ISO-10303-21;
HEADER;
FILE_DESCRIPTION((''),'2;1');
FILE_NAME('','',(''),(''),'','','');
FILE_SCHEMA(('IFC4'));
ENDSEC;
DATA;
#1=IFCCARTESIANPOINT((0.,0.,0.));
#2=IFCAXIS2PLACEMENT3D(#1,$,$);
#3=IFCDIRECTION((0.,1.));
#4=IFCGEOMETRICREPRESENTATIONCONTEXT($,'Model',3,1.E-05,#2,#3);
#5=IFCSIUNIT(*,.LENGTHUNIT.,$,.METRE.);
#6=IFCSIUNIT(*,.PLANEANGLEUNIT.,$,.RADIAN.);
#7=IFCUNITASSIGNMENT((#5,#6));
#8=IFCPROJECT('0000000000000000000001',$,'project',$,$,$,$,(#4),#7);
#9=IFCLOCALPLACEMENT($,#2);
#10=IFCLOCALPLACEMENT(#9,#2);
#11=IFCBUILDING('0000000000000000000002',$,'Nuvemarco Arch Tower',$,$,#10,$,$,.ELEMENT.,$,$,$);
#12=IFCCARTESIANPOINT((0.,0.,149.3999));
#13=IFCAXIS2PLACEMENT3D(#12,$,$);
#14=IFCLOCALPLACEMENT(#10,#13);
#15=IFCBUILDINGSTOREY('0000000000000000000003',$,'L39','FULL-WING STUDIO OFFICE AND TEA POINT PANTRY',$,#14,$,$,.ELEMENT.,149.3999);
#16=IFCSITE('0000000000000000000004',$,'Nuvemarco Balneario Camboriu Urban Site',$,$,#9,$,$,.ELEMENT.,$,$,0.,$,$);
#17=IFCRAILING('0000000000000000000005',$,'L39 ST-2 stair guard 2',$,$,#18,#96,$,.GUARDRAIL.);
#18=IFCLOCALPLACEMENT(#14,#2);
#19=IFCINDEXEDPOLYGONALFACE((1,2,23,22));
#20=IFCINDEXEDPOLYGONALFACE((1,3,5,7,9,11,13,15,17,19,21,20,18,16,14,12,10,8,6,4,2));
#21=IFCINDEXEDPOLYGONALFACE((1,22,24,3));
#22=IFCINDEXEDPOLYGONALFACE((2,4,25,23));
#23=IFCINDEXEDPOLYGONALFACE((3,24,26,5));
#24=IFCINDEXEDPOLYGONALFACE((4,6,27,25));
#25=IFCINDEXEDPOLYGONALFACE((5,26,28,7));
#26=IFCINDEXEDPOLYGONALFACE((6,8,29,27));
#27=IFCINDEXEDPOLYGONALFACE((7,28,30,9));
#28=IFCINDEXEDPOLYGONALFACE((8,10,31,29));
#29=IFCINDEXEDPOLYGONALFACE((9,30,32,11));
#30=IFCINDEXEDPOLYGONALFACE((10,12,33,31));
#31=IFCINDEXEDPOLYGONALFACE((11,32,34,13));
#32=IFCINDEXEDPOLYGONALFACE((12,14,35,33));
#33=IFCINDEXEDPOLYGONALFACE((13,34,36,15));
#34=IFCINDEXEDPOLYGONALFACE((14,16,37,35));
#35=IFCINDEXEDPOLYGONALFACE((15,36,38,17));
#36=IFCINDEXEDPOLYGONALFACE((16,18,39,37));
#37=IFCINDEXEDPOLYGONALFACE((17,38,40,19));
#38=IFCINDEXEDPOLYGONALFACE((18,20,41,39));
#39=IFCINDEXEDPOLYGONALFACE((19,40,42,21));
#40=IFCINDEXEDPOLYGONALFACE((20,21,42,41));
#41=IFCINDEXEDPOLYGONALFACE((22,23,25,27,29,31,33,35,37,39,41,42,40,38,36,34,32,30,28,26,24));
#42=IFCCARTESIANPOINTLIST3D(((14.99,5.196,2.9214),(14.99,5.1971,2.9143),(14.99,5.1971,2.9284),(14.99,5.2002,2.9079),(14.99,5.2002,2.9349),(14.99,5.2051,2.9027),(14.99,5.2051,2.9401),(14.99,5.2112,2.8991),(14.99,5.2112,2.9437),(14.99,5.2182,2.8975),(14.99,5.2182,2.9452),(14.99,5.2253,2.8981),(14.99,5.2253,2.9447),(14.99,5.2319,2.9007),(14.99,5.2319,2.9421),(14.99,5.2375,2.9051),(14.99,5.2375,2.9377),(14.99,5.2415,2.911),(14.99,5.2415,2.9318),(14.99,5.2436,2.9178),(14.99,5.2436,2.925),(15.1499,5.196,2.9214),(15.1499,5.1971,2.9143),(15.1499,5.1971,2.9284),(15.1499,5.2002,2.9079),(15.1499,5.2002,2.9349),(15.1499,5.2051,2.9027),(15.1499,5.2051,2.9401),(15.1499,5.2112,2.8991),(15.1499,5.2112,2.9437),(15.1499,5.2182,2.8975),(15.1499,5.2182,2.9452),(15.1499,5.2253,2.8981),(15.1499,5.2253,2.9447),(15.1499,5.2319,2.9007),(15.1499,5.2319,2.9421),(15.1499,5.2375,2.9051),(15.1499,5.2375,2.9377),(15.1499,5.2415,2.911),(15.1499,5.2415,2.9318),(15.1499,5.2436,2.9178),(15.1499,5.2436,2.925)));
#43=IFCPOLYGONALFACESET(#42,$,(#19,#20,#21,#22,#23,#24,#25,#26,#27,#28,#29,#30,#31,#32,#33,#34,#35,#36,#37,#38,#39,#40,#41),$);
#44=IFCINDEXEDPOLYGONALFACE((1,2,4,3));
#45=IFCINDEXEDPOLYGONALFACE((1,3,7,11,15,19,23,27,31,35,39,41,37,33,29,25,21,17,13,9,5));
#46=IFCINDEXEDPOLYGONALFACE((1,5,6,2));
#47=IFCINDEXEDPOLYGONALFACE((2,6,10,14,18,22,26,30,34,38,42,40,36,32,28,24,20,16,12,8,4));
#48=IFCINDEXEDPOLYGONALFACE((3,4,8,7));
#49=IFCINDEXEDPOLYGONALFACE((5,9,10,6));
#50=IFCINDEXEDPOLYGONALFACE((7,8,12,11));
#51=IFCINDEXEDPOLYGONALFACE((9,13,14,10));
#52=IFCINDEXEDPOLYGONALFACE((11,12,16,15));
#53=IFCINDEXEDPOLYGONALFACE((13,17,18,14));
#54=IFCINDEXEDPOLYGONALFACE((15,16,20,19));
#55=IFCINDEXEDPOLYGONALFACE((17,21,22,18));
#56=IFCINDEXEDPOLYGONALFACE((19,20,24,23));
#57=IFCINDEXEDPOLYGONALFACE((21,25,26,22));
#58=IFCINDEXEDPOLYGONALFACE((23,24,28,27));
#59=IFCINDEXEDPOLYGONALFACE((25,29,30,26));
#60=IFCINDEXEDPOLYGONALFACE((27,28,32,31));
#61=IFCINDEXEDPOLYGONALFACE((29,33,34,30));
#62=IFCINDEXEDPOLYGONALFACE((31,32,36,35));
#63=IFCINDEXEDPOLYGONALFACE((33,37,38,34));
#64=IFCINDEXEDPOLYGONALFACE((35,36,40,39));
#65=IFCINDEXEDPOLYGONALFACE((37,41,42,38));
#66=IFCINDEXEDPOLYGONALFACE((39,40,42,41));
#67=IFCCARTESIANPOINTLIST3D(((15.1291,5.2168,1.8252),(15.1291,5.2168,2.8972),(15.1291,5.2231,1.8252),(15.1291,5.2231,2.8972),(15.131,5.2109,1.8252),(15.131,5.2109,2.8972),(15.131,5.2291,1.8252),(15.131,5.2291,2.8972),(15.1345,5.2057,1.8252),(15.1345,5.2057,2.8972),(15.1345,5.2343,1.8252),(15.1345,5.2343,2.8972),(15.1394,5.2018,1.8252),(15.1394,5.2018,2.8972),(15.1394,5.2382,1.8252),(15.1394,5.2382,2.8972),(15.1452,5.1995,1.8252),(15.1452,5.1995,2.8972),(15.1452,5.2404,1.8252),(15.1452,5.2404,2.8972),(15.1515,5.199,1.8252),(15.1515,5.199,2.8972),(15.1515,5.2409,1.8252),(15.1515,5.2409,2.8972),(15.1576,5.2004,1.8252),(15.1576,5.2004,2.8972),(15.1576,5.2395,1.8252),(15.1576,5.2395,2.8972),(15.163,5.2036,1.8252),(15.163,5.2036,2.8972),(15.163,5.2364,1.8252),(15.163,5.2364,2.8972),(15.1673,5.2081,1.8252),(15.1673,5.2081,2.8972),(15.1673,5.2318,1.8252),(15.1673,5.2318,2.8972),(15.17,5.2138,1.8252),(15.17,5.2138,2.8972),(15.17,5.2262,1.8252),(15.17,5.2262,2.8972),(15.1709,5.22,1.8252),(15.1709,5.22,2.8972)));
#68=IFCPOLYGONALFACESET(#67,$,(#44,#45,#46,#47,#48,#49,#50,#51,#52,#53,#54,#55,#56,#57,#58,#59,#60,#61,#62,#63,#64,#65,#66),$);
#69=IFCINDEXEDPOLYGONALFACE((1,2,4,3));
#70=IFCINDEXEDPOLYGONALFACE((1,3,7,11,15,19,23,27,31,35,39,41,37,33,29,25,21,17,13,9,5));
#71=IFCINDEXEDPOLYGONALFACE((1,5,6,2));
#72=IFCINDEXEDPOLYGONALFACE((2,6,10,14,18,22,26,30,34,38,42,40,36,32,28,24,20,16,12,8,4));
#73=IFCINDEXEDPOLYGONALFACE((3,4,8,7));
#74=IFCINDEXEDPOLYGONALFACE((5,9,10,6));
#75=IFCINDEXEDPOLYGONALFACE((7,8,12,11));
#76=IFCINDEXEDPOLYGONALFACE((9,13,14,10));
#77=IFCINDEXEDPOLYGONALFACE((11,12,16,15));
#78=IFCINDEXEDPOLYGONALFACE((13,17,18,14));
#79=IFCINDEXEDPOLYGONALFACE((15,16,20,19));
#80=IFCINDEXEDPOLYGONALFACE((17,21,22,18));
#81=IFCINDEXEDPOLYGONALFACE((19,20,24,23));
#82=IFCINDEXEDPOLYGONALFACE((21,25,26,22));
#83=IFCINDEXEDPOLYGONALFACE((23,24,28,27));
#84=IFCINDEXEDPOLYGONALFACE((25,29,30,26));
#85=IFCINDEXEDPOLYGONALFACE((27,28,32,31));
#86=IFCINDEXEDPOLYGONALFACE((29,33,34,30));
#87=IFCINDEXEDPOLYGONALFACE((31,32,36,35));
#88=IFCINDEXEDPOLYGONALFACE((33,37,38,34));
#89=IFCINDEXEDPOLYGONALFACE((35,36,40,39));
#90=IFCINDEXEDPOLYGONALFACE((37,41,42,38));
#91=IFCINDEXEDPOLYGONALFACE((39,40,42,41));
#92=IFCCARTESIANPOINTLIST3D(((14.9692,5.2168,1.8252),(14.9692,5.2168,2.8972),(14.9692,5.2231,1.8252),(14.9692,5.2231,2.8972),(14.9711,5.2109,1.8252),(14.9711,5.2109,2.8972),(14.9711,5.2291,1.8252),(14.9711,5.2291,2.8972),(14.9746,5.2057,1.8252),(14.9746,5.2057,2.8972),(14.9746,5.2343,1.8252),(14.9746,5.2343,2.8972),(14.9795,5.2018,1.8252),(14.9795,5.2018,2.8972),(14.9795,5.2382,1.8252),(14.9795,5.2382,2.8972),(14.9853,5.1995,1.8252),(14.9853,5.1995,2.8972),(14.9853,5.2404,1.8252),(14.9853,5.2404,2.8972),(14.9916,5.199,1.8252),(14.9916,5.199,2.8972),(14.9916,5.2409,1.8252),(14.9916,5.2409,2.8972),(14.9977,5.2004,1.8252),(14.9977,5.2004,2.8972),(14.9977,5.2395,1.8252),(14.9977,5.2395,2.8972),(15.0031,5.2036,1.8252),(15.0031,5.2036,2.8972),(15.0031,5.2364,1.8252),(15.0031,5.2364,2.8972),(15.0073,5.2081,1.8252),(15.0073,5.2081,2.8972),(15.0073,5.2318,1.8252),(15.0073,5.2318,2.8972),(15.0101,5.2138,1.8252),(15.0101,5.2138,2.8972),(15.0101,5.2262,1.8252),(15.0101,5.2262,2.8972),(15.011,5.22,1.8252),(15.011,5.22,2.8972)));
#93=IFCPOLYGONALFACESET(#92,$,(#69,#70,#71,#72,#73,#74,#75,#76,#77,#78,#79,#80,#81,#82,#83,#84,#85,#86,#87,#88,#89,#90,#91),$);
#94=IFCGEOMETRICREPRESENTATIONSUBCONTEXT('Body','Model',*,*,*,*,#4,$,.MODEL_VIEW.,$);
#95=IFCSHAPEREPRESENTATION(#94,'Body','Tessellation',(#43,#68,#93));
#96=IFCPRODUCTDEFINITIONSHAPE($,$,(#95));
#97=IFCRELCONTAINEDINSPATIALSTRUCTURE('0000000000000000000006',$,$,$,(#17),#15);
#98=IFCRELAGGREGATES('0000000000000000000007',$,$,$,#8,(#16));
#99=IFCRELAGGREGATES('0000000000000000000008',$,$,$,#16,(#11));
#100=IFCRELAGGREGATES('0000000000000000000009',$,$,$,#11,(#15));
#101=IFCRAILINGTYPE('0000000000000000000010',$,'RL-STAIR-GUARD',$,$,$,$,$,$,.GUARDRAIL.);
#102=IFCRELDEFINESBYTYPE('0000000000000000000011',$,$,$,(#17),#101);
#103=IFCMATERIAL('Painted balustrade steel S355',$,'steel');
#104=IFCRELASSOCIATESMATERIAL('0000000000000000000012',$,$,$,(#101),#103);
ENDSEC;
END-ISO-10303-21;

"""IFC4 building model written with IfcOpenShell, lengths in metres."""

from ifc_helpers import new_model, si_unit, direction, frame, origin, origin_2d, place, context, subcontext, project, spatial, circle, extrude, material, type_object, element, save


model = new_model("IFC4")

# Units and contexts
model_context = context("Model", 3, precision=1e-05, world=origin(), true_north=direction((0.0, 1.0)))
body_context = subcontext(model_context, "Body", "Model", "MODEL_VIEW")
ifc_project = project(units=[si_unit("LENGTHUNIT", "METRE"), si_unit("PLANEANGLEUNIT", "RADIAN")], contexts=[model_context])

# Site, building, storey
site_placement = place(None, origin())
site = spatial("IfcSite", under=ifc_project, at=site_placement, Name="Nuvemarco Balneario Camboriu Urban Site", CompositionType="ELEMENT", RefElevation=0.0)
building_placement = place(site_placement, origin())
building = spatial("IfcBuilding", under=site, at=building_placement, Name="Nuvemarco Arch Tower", CompositionType="ELEMENT")
storey_placement = place(building_placement, frame((0.0, 0.0, 149.3999)))
storey = spatial("IfcBuildingStorey", under=building, at=storey_placement, Name="L39", Description="FULL-WING STUDIO OFFICE AND TEA POINT PANTRY", CompositionType="ELEMENT", Elevation=149.3999)

# Railing
ifc_material_1 = material(Name="Painted balustrade steel S355", Category="steel")
railing_type_1 = type_object("IfcRailingType", Name="RL-STAIR-GUARD", PredefinedType="GUARDRAIL", material=ifc_material_1)
railing_1_placement = place(storey_placement, frame((15.1499, 5.22, 1.8252)))
element("IfcRailing", 1, at=railing_1_placement, inside=storey, type_object=railing_type_1, Name="L39 ST-2 stair guard 2", PredefinedType="GUARDRAIL", context=body_context, shape_type="SweptSolid", body=[
    extrude(circle(Radius=0.0239, at=origin_2d()), frame((0.0, 0.0, 1.0962), z_axis=(-1.0, 0.0, 0.0), x_axis=(0.0, -1.0, 0.0)), (0.0, 0.0, 1.0), 0.1599),
    extrude(circle(Radius=0.021, at=origin_2d()), origin(), (0.0, 0.0, 1.0), 1.072),
    extrude(circle(Radius=0.021, at=origin_2d()), frame((-0.1599, 0.0, 0.0)), (0.0, 0.0, 1.0), 1.072),
])

save(model, "model.ifc")
